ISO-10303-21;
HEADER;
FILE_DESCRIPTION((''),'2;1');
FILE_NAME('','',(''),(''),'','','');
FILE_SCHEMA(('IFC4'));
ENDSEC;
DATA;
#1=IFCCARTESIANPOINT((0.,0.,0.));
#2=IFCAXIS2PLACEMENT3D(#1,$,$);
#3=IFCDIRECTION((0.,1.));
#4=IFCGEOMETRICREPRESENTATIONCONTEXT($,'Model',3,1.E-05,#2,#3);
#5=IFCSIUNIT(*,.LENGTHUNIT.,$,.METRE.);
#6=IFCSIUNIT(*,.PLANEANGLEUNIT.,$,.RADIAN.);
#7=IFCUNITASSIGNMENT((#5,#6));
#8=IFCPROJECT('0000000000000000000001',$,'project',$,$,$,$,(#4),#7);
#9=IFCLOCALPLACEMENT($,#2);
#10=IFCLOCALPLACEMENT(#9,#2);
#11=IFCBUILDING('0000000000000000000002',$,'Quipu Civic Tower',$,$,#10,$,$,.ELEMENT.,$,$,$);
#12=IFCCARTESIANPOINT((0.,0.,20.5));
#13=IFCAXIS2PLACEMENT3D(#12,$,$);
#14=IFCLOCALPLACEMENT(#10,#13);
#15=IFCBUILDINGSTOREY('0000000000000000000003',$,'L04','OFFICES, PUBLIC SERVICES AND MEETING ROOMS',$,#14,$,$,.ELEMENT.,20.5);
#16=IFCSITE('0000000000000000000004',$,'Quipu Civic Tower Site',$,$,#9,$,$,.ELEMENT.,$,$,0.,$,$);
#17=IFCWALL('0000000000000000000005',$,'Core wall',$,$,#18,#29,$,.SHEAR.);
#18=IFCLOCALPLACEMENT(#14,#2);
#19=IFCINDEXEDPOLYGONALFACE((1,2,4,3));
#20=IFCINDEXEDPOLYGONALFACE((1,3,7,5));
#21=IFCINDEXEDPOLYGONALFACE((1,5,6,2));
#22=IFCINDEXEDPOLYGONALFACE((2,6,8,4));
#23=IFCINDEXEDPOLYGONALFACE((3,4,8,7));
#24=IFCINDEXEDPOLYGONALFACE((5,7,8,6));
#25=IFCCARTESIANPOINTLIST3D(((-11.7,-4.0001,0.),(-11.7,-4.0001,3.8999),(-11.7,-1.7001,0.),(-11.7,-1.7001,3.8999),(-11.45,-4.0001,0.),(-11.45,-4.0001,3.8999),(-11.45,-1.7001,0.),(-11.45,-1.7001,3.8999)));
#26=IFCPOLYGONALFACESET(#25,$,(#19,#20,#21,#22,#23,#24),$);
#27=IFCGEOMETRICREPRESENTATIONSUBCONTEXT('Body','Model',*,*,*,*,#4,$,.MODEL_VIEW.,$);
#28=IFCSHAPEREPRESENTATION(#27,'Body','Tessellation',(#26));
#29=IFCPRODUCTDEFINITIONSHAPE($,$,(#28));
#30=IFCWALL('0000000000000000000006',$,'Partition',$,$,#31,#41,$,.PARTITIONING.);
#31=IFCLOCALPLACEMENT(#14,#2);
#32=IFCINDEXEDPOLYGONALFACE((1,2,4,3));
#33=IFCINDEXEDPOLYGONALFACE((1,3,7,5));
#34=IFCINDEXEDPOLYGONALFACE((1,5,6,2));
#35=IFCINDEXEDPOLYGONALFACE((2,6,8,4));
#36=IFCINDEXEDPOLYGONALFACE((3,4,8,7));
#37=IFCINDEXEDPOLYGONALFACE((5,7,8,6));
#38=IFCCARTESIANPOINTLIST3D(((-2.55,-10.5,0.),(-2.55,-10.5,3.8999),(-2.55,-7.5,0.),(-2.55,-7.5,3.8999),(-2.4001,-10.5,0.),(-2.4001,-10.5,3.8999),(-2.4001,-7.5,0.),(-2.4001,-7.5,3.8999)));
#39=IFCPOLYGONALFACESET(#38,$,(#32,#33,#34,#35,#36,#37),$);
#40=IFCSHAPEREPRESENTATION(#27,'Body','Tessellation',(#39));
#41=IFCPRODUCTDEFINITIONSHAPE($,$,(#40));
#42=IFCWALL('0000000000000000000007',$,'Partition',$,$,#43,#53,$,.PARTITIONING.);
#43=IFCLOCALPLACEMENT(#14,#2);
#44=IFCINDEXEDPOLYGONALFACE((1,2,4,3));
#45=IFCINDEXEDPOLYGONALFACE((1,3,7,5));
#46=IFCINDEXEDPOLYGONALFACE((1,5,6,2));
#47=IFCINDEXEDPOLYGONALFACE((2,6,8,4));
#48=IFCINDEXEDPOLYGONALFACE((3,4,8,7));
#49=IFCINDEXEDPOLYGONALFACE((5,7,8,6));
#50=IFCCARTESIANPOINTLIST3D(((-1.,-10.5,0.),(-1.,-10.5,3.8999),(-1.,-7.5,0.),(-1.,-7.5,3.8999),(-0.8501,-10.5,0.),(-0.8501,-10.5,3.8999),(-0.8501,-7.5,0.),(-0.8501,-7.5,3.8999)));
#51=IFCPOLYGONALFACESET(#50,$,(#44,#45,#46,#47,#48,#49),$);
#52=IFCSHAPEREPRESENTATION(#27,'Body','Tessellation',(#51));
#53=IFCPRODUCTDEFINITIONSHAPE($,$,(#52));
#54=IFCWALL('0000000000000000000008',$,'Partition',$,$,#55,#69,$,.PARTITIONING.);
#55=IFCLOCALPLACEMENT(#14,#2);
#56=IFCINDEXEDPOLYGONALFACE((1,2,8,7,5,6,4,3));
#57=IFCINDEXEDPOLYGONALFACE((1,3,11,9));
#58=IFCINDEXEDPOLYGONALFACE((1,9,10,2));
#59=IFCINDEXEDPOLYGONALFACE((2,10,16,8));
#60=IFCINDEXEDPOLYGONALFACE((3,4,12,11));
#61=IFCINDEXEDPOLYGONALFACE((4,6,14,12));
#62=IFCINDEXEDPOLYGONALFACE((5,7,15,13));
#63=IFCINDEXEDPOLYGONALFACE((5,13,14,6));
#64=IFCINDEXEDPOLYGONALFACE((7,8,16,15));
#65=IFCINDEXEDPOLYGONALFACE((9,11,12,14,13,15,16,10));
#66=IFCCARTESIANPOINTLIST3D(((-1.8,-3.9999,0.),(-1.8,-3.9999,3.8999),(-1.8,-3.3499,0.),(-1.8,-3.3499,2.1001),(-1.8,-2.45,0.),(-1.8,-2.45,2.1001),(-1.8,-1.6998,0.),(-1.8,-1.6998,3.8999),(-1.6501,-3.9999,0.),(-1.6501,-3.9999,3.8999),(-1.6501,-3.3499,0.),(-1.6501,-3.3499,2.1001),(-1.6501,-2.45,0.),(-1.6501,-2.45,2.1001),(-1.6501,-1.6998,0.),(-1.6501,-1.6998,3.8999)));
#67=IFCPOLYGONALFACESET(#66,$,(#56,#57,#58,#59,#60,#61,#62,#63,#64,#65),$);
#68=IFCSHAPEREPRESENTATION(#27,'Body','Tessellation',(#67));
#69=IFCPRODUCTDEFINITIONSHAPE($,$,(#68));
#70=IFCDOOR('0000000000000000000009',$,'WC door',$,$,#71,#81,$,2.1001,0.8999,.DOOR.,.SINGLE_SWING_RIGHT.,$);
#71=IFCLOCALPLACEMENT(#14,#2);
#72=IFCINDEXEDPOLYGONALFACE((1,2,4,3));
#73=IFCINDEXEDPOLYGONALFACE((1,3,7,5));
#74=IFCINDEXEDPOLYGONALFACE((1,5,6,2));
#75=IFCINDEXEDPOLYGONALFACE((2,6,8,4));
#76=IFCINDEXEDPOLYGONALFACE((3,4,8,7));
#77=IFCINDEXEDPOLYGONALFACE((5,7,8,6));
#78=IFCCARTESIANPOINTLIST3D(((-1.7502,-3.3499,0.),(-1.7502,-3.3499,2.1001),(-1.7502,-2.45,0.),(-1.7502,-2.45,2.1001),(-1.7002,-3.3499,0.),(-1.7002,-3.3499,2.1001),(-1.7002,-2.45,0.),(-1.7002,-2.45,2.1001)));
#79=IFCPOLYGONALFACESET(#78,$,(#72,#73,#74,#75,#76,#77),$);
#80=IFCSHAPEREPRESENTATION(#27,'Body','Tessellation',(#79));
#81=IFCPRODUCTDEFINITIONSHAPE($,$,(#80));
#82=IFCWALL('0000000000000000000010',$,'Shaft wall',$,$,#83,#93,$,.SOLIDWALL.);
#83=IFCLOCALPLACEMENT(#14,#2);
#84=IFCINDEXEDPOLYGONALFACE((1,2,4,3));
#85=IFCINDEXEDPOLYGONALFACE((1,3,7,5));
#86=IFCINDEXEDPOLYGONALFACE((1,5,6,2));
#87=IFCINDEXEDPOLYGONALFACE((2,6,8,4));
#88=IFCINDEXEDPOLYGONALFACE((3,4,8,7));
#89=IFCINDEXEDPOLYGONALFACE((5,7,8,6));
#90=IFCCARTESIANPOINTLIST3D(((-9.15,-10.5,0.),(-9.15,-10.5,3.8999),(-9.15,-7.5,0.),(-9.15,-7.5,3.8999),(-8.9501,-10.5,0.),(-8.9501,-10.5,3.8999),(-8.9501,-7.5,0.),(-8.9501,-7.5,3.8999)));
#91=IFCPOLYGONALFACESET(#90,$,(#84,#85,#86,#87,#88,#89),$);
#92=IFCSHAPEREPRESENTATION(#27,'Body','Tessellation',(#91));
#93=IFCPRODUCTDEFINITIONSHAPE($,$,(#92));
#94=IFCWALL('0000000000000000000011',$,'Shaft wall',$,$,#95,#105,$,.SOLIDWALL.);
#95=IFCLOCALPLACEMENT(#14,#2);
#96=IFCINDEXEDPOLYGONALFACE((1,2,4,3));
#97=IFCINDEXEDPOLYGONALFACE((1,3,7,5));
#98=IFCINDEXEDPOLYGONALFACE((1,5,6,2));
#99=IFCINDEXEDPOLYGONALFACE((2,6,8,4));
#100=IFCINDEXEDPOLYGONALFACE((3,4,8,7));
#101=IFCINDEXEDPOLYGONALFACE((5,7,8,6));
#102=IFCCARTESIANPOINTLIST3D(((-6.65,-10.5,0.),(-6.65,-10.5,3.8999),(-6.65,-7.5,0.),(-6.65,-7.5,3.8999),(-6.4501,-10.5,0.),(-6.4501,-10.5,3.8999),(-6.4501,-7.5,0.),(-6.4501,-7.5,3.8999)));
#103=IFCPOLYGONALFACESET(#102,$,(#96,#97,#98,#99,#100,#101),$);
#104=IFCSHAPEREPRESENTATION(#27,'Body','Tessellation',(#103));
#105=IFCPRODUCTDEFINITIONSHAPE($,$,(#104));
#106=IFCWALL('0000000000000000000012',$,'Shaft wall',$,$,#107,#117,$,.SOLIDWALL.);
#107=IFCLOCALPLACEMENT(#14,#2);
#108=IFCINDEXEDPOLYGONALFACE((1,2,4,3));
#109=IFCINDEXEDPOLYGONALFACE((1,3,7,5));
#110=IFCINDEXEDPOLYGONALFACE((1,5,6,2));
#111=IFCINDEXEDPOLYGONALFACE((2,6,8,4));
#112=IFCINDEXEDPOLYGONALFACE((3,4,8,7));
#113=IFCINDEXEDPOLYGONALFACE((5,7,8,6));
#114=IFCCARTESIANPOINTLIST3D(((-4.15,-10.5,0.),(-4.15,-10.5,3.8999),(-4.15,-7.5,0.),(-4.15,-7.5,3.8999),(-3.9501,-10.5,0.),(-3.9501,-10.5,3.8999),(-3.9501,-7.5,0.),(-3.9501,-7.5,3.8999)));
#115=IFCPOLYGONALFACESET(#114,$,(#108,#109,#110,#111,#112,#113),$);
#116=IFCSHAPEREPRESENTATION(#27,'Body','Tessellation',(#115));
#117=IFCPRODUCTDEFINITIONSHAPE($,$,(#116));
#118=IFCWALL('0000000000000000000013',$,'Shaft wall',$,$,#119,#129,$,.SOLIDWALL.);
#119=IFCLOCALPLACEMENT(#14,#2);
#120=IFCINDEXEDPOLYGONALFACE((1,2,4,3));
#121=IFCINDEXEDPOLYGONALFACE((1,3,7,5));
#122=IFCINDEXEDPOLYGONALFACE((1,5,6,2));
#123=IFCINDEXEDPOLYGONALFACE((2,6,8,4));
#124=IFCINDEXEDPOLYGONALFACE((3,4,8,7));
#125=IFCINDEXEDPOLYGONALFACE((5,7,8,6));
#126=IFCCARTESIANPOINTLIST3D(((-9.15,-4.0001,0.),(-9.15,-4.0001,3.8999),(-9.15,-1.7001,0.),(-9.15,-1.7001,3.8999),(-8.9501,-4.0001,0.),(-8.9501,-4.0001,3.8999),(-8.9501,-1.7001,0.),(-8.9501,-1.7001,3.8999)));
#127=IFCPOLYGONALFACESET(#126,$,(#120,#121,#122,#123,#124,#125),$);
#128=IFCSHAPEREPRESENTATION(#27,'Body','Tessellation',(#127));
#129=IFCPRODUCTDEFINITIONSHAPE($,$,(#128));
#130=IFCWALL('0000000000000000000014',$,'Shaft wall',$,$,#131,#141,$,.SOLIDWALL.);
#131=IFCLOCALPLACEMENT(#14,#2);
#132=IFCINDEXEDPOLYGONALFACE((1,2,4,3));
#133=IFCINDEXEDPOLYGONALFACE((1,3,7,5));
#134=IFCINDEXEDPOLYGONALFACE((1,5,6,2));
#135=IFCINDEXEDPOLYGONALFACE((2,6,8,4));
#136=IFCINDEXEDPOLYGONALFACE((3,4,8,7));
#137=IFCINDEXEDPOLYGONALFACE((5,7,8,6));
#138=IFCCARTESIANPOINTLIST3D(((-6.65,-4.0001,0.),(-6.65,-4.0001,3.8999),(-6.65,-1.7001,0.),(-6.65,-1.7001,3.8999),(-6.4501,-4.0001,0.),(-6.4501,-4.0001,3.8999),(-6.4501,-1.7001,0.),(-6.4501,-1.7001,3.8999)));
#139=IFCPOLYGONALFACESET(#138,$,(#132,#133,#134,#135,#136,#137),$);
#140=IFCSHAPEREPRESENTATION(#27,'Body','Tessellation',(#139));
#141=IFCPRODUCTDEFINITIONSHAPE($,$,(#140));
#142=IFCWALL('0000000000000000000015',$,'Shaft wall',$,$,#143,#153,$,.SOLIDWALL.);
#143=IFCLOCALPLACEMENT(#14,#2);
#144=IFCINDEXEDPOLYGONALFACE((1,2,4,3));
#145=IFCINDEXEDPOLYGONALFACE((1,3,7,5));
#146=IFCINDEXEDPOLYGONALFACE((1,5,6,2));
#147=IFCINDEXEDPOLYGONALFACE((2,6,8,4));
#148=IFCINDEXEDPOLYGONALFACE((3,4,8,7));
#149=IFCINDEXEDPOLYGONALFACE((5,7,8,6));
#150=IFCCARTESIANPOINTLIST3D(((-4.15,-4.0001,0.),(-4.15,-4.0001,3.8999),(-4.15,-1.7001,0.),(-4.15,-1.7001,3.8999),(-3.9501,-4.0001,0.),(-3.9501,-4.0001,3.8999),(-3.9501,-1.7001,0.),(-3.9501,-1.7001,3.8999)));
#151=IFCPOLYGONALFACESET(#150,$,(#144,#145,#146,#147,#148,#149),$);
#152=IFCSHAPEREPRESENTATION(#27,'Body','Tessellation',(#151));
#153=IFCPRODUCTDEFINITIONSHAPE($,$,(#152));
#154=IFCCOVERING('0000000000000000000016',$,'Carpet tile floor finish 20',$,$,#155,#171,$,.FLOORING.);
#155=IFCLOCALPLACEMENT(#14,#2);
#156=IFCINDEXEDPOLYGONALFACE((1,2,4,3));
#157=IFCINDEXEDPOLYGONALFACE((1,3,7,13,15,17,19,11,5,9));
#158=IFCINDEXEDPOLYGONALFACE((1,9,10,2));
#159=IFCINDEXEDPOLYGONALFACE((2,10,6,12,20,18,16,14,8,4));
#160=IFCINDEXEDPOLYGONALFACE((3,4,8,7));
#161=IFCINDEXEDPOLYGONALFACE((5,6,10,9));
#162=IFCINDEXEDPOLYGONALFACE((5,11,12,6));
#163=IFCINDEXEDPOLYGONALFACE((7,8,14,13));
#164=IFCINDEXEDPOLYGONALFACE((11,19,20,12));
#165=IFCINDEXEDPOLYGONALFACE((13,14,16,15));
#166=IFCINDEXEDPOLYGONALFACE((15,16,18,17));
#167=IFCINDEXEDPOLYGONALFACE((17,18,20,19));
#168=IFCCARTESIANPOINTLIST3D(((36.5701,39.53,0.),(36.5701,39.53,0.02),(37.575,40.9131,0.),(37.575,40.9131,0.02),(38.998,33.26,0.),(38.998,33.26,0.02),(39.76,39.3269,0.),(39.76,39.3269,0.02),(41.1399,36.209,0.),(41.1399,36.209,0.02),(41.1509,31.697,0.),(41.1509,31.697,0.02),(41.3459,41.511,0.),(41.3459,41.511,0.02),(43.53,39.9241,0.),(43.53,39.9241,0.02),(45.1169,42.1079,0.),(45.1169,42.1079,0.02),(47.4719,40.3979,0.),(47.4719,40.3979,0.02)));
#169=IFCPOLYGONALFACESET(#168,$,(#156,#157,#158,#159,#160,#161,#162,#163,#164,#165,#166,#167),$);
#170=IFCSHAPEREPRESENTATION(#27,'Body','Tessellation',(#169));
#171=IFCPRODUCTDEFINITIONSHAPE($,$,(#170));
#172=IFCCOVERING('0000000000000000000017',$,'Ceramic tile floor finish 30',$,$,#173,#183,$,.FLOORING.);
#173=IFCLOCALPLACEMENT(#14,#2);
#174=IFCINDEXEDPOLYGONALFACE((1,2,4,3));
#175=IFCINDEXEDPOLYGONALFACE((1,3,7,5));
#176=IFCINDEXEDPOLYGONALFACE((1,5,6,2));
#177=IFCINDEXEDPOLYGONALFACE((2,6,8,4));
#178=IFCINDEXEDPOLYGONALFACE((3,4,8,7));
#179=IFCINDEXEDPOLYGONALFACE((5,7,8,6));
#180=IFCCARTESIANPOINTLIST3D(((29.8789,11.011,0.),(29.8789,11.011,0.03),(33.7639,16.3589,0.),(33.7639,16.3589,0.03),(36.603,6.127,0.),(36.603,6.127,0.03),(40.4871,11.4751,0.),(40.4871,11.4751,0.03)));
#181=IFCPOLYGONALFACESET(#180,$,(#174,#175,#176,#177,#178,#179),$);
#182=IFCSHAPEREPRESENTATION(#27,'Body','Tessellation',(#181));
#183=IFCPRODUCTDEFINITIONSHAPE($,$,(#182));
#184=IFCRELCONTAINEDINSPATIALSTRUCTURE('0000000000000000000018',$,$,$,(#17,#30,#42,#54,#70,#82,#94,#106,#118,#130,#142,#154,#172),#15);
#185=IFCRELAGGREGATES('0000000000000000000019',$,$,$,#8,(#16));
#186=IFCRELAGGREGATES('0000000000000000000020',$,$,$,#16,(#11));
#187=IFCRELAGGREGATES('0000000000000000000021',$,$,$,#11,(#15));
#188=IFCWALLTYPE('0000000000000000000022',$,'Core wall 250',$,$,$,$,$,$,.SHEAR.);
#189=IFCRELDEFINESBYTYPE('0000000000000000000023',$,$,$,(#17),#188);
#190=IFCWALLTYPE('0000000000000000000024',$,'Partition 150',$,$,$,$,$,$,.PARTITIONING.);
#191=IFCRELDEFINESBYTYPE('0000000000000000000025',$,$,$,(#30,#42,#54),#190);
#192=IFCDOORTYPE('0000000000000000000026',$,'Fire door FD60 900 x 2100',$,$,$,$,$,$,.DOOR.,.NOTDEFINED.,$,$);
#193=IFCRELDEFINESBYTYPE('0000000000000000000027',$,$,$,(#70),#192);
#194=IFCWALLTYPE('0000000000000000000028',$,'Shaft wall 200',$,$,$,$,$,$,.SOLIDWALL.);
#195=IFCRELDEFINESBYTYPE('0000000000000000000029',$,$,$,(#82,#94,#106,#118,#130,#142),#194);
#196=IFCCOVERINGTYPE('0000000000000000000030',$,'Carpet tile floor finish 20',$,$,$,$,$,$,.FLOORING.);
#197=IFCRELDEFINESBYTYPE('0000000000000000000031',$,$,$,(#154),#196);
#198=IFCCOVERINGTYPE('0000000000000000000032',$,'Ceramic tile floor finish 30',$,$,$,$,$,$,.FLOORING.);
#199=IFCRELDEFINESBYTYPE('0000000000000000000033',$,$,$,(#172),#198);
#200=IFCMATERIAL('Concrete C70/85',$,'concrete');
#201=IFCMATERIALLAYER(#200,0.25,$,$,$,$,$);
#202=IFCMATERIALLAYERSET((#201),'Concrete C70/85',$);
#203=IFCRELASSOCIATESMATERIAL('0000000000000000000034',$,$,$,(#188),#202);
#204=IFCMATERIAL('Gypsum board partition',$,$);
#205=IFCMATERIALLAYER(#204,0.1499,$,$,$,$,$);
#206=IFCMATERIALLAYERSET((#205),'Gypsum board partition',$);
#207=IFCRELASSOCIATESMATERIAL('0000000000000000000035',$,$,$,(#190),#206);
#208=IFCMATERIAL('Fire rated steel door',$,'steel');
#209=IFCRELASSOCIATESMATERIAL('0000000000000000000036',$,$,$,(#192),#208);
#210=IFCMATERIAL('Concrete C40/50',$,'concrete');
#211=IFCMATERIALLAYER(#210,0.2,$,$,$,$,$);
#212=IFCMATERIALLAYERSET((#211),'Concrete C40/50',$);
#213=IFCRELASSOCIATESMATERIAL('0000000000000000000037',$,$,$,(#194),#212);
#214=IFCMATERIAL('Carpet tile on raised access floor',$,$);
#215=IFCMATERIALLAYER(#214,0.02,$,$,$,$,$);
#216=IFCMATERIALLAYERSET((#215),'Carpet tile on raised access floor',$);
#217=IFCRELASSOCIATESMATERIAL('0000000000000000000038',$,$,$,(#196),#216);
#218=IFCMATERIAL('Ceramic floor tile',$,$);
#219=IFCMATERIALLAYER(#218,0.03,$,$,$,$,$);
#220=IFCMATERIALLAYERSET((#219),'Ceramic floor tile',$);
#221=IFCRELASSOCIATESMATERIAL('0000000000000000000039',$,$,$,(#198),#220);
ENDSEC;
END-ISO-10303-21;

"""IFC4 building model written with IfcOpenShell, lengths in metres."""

from ifc_helpers import new_model, si_unit, direction, frame, frame_2d, origin, place, context, subcontext, project, spatial, polyline, rectangle, outline, extrude, material, layer, layer_set, type_object, element, fill, save


model = new_model("IFC4")

# Units and contexts
model_context = context("Model", 3, precision=1e-05, world=origin(), true_north=direction((0.0, 1.0)))
body_context = subcontext(model_context, "Body", "Model", "MODEL_VIEW")
ifc_project = project(units=[si_unit("LENGTHUNIT", "METRE"), si_unit("PLANEANGLEUNIT", "RADIAN")], contexts=[model_context])

# Site, building, storey
site_placement = place(None, origin())
site = spatial("IfcSite", under=ifc_project, at=site_placement, Name="Quipu Civic Tower Site", CompositionType="ELEMENT", RefElevation=0.0)
building_placement = place(site_placement, origin())
building = spatial("IfcBuilding", under=site, at=building_placement, Name="Quipu Civic Tower", CompositionType="ELEMENT")
storey_placement = place(building_placement, frame((0.0, 0.0, 20.5)))
storey = spatial("IfcBuildingStorey", under=building, at=storey_placement, Name="L04", Description="OFFICES, PUBLIC SERVICES AND MEETING ROOMS", CompositionType="ELEMENT", Elevation=20.5)

# Shared definitions
ifc_material_1 = material(Name="Concrete C70/85", Category="concrete")
ifc_layer_1 = layer(ifc_material_1, 0.25)
ifc_layer_set_1 = layer_set([ifc_layer_1], Name="Concrete C70/85")
wall_type_1 = type_object("IfcWallType", Name="Core wall 250", PredefinedType="SHEAR", material=ifc_layer_set_1)

# Walls
wall_1_placement = place(storey_placement, frame((-11.575, -4.0, 0.0), z_axis=(0.0, 0.0, 1.0), x_axis=(0.0, 1.0, 0.0)))
element("IfcWall", 1, at=wall_1_placement, inside=storey, type_object=wall_type_1, Name="Core wall", PredefinedType="SHEAR", context=body_context, shape_type="SweptSolid", body=[
    extrude(rectangle(XDim=2.3, YDim=0.25, at=frame_2d((1.1499, 0.0))), origin(), (0.0, 0.0, 1.0), 3.8999),
])
ifc_material_2 = material(Name="Gypsum board partition")
ifc_layer_2 = layer(ifc_material_2, 0.1499)
ifc_layer_set_2 = layer_set([ifc_layer_2], Name="Gypsum board partition")
wall_type_2 = type_object("IfcWallType", Name="Partition 150", PredefinedType="PARTITIONING", material=ifc_layer_set_2)
for number, where, z_axis, x_axis, name in (
    (2, (-2.4751, -10.5, 0.0), (0.0, 0.0, 1.0), (0.0, 1.0, 0.0), "Partition"),
    (3, (-0.925, -10.5, 0.0), (0.0, 0.0, 1.0), (0.0, 1.0, 0.0), "Partition"),
):
    element("IfcWall", number, at=place(storey_placement, frame(where, z_axis=z_axis, x_axis=x_axis)), inside=storey, type_object=wall_type_2, Name=name, PredefinedType="PARTITIONING", context=body_context, shape_type="SweptSolid", body=[
        extrude(rectangle(XDim=3.0, YDim=0.1499, at=frame_2d((1.5, 0.0))), origin(), (0.0, 0.0, 1.0), 3.8999),
    ])

# Wall, opening, door
wall_2_placement = place(storey_placement, frame((-1.7251, -1.7, 0.0), z_axis=(0.0, 0.0, 1.0), x_axis=(0.0, -1.0, 0.0)))
wall_2 = element("IfcWall", 4, at=wall_2_placement, inside=storey, type_object=wall_type_2, Name="Partition", PredefinedType="PARTITIONING", context=body_context, shape_type="SweptSolid", body=[
    extrude(rectangle(XDim=2.3, YDim=0.1499, at=frame_2d((1.1499, 0.0))), origin(), (0.0, 0.0, 1.0), 3.8999),
])
opening_1_placement = place(wall_2_placement, frame((0.75, 0.0, 0.0)))
opening_1 = element("IfcOpeningElement", 5, at=opening_1_placement, cuts=wall_2, PredefinedType="OPENING", context=body_context, shape_type="SweptSolid", body=[
    extrude(rectangle(XDim=0.8999, YDim=2.1001, at=frame_2d((0.45, 1.05))), frame((0.0, 0.085, 0.0), z_axis=(0.0, -1.0, 0.0), x_axis=(1.0, 0.0, 0.0)), (0.0, 0.0, 1.0), 0.1699),
])
ifc_material_3 = material(Name="Fire rated steel door", Category="steel")
door_type_1 = type_object("IfcDoorType", Name="Fire door FD60 900 x 2100", OperationType="NOTDEFINED", PredefinedType="DOOR", material=ifc_material_3)
door_1_placement = place(opening_1_placement, origin())
door_1 = element("IfcDoor", 6, at=door_1_placement, inside=storey, type_object=door_type_1, Name="WC door", OperationType="SINGLE_SWING_RIGHT", OverallHeight=2.1001, OverallWidth=0.8999, PredefinedType="DOOR", context=body_context, shape_type="SweptSolid", body=[
    extrude(rectangle(XDim=0.8999, YDim=2.1001, at=frame_2d((0.45, 1.05))), frame((0.0, 0.0249, 0.0), z_axis=(0.0, -1.0, 0.0), x_axis=(1.0, 0.0, 0.0)), (0.0, 0.0, 1.0), 0.05),
])
fill(opening_1, door_1)

# Walls
ifc_material_4 = material(Name="Concrete C40/50", Category="concrete")
ifc_layer_3 = layer(ifc_material_4, 0.2)
ifc_layer_set_3 = layer_set([ifc_layer_3], Name="Concrete C40/50")
wall_type_3 = type_object("IfcWallType", Name="Shaft wall 200", PredefinedType="SOLIDWALL", material=ifc_layer_set_3)
for number, where, z_axis, x_axis, name in (
    (7, (-9.05, -10.5, 0.0), (0.0, 0.0, 1.0), (0.0, 1.0, 0.0), "Shaft wall"),
    (8, (-6.55, -10.5, 0.0), (0.0, 0.0, 1.0), (0.0, 1.0, 0.0), "Shaft wall"),
    (9, (-4.05, -10.5, 0.0), (0.0, 0.0, 1.0), (0.0, 1.0, 0.0), "Shaft wall"),
):
    element("IfcWall", number, at=place(storey_placement, frame(where, z_axis=z_axis, x_axis=x_axis)), inside=storey, type_object=wall_type_3, Name=name, PredefinedType="SOLIDWALL", context=body_context, shape_type="SweptSolid", body=[
        extrude(rectangle(XDim=3.0, YDim=0.2, at=frame_2d((1.5, 0.0))), origin(), (0.0, 0.0, 1.0), 3.8999),
    ])
for number, where, z_axis, x_axis, name in (
    (10, (-9.05, -4.0, 0.0), (0.0, 0.0, 1.0), (0.0, 1.0, 0.0), "Shaft wall"),
    (11, (-6.55, -4.0, 0.0), (0.0, 0.0, 1.0), (0.0, 1.0, 0.0), "Shaft wall"),
    (12, (-4.05, -4.0, 0.0), (0.0, 0.0, 1.0), (0.0, 1.0, 0.0), "Shaft wall"),
):
    element("IfcWall", number, at=place(storey_placement, frame(where, z_axis=z_axis, x_axis=x_axis)), inside=storey, type_object=wall_type_3, Name=name, PredefinedType="SOLIDWALL", context=body_context, shape_type="SweptSolid", body=[
        extrude(rectangle(XDim=2.3, YDim=0.2, at=frame_2d((1.1499, 0.0))), origin(), (0.0, 0.0, 1.0), 3.8999),
    ])

# Coverings
ifc_material_5 = material(Name="Carpet tile on raised access floor")
ifc_layer_4 = layer(ifc_material_5, 0.02)
ifc_layer_set_4 = layer_set([ifc_layer_4], Name="Carpet tile on raised access floor")
covering_type_1 = type_object("IfcCoveringType", Name="Carpet tile floor finish 20", PredefinedType="FLOORING", material=ifc_layer_set_4)
covering_1_placement = place(storey_placement, origin())
element("IfcCovering", 13, at=covering_1_placement, inside=storey, type_object=covering_type_1, Name="Carpet tile floor finish 20", PredefinedType="FLOORING", context=body_context, shape_type="SweptSolid", body=[
    extrude(outline(polyline([(36.5701, 39.53), (37.575, 40.9131), (39.76, 39.3269), (41.3459, 41.511), (43.53, 39.9241), (45.1169, 42.1079), (47.4719, 40.3979), (41.1509, 31.697), (38.998, 33.26), (41.1399, 36.209), (36.5701, 39.53)])), origin(), (0.0, 0.0, 1.0), 0.02),
])
ifc_material_6 = material(Name="Ceramic floor tile")
ifc_layer_5 = layer(ifc_material_6, 0.03)
ifc_layer_set_5 = layer_set([ifc_layer_5], Name="Ceramic floor tile")
covering_type_2 = type_object("IfcCoveringType", Name="Ceramic tile floor finish 30", PredefinedType="FLOORING", material=ifc_layer_set_5)
covering_2_placement = place(storey_placement, origin())
element("IfcCovering", 14, at=covering_2_placement, inside=storey, type_object=covering_type_2, Name="Ceramic tile floor finish 30", PredefinedType="FLOORING", context=body_context, shape_type="SweptSolid", body=[
    extrude(outline(polyline([(29.8789, 11.011), (33.7639, 16.3589), (40.4871, 11.4751), (36.603, 6.127), (29.8789, 11.011)])), origin(), (0.0, 0.0, 1.0), 0.03),
])

save(model, "model.ifc")
